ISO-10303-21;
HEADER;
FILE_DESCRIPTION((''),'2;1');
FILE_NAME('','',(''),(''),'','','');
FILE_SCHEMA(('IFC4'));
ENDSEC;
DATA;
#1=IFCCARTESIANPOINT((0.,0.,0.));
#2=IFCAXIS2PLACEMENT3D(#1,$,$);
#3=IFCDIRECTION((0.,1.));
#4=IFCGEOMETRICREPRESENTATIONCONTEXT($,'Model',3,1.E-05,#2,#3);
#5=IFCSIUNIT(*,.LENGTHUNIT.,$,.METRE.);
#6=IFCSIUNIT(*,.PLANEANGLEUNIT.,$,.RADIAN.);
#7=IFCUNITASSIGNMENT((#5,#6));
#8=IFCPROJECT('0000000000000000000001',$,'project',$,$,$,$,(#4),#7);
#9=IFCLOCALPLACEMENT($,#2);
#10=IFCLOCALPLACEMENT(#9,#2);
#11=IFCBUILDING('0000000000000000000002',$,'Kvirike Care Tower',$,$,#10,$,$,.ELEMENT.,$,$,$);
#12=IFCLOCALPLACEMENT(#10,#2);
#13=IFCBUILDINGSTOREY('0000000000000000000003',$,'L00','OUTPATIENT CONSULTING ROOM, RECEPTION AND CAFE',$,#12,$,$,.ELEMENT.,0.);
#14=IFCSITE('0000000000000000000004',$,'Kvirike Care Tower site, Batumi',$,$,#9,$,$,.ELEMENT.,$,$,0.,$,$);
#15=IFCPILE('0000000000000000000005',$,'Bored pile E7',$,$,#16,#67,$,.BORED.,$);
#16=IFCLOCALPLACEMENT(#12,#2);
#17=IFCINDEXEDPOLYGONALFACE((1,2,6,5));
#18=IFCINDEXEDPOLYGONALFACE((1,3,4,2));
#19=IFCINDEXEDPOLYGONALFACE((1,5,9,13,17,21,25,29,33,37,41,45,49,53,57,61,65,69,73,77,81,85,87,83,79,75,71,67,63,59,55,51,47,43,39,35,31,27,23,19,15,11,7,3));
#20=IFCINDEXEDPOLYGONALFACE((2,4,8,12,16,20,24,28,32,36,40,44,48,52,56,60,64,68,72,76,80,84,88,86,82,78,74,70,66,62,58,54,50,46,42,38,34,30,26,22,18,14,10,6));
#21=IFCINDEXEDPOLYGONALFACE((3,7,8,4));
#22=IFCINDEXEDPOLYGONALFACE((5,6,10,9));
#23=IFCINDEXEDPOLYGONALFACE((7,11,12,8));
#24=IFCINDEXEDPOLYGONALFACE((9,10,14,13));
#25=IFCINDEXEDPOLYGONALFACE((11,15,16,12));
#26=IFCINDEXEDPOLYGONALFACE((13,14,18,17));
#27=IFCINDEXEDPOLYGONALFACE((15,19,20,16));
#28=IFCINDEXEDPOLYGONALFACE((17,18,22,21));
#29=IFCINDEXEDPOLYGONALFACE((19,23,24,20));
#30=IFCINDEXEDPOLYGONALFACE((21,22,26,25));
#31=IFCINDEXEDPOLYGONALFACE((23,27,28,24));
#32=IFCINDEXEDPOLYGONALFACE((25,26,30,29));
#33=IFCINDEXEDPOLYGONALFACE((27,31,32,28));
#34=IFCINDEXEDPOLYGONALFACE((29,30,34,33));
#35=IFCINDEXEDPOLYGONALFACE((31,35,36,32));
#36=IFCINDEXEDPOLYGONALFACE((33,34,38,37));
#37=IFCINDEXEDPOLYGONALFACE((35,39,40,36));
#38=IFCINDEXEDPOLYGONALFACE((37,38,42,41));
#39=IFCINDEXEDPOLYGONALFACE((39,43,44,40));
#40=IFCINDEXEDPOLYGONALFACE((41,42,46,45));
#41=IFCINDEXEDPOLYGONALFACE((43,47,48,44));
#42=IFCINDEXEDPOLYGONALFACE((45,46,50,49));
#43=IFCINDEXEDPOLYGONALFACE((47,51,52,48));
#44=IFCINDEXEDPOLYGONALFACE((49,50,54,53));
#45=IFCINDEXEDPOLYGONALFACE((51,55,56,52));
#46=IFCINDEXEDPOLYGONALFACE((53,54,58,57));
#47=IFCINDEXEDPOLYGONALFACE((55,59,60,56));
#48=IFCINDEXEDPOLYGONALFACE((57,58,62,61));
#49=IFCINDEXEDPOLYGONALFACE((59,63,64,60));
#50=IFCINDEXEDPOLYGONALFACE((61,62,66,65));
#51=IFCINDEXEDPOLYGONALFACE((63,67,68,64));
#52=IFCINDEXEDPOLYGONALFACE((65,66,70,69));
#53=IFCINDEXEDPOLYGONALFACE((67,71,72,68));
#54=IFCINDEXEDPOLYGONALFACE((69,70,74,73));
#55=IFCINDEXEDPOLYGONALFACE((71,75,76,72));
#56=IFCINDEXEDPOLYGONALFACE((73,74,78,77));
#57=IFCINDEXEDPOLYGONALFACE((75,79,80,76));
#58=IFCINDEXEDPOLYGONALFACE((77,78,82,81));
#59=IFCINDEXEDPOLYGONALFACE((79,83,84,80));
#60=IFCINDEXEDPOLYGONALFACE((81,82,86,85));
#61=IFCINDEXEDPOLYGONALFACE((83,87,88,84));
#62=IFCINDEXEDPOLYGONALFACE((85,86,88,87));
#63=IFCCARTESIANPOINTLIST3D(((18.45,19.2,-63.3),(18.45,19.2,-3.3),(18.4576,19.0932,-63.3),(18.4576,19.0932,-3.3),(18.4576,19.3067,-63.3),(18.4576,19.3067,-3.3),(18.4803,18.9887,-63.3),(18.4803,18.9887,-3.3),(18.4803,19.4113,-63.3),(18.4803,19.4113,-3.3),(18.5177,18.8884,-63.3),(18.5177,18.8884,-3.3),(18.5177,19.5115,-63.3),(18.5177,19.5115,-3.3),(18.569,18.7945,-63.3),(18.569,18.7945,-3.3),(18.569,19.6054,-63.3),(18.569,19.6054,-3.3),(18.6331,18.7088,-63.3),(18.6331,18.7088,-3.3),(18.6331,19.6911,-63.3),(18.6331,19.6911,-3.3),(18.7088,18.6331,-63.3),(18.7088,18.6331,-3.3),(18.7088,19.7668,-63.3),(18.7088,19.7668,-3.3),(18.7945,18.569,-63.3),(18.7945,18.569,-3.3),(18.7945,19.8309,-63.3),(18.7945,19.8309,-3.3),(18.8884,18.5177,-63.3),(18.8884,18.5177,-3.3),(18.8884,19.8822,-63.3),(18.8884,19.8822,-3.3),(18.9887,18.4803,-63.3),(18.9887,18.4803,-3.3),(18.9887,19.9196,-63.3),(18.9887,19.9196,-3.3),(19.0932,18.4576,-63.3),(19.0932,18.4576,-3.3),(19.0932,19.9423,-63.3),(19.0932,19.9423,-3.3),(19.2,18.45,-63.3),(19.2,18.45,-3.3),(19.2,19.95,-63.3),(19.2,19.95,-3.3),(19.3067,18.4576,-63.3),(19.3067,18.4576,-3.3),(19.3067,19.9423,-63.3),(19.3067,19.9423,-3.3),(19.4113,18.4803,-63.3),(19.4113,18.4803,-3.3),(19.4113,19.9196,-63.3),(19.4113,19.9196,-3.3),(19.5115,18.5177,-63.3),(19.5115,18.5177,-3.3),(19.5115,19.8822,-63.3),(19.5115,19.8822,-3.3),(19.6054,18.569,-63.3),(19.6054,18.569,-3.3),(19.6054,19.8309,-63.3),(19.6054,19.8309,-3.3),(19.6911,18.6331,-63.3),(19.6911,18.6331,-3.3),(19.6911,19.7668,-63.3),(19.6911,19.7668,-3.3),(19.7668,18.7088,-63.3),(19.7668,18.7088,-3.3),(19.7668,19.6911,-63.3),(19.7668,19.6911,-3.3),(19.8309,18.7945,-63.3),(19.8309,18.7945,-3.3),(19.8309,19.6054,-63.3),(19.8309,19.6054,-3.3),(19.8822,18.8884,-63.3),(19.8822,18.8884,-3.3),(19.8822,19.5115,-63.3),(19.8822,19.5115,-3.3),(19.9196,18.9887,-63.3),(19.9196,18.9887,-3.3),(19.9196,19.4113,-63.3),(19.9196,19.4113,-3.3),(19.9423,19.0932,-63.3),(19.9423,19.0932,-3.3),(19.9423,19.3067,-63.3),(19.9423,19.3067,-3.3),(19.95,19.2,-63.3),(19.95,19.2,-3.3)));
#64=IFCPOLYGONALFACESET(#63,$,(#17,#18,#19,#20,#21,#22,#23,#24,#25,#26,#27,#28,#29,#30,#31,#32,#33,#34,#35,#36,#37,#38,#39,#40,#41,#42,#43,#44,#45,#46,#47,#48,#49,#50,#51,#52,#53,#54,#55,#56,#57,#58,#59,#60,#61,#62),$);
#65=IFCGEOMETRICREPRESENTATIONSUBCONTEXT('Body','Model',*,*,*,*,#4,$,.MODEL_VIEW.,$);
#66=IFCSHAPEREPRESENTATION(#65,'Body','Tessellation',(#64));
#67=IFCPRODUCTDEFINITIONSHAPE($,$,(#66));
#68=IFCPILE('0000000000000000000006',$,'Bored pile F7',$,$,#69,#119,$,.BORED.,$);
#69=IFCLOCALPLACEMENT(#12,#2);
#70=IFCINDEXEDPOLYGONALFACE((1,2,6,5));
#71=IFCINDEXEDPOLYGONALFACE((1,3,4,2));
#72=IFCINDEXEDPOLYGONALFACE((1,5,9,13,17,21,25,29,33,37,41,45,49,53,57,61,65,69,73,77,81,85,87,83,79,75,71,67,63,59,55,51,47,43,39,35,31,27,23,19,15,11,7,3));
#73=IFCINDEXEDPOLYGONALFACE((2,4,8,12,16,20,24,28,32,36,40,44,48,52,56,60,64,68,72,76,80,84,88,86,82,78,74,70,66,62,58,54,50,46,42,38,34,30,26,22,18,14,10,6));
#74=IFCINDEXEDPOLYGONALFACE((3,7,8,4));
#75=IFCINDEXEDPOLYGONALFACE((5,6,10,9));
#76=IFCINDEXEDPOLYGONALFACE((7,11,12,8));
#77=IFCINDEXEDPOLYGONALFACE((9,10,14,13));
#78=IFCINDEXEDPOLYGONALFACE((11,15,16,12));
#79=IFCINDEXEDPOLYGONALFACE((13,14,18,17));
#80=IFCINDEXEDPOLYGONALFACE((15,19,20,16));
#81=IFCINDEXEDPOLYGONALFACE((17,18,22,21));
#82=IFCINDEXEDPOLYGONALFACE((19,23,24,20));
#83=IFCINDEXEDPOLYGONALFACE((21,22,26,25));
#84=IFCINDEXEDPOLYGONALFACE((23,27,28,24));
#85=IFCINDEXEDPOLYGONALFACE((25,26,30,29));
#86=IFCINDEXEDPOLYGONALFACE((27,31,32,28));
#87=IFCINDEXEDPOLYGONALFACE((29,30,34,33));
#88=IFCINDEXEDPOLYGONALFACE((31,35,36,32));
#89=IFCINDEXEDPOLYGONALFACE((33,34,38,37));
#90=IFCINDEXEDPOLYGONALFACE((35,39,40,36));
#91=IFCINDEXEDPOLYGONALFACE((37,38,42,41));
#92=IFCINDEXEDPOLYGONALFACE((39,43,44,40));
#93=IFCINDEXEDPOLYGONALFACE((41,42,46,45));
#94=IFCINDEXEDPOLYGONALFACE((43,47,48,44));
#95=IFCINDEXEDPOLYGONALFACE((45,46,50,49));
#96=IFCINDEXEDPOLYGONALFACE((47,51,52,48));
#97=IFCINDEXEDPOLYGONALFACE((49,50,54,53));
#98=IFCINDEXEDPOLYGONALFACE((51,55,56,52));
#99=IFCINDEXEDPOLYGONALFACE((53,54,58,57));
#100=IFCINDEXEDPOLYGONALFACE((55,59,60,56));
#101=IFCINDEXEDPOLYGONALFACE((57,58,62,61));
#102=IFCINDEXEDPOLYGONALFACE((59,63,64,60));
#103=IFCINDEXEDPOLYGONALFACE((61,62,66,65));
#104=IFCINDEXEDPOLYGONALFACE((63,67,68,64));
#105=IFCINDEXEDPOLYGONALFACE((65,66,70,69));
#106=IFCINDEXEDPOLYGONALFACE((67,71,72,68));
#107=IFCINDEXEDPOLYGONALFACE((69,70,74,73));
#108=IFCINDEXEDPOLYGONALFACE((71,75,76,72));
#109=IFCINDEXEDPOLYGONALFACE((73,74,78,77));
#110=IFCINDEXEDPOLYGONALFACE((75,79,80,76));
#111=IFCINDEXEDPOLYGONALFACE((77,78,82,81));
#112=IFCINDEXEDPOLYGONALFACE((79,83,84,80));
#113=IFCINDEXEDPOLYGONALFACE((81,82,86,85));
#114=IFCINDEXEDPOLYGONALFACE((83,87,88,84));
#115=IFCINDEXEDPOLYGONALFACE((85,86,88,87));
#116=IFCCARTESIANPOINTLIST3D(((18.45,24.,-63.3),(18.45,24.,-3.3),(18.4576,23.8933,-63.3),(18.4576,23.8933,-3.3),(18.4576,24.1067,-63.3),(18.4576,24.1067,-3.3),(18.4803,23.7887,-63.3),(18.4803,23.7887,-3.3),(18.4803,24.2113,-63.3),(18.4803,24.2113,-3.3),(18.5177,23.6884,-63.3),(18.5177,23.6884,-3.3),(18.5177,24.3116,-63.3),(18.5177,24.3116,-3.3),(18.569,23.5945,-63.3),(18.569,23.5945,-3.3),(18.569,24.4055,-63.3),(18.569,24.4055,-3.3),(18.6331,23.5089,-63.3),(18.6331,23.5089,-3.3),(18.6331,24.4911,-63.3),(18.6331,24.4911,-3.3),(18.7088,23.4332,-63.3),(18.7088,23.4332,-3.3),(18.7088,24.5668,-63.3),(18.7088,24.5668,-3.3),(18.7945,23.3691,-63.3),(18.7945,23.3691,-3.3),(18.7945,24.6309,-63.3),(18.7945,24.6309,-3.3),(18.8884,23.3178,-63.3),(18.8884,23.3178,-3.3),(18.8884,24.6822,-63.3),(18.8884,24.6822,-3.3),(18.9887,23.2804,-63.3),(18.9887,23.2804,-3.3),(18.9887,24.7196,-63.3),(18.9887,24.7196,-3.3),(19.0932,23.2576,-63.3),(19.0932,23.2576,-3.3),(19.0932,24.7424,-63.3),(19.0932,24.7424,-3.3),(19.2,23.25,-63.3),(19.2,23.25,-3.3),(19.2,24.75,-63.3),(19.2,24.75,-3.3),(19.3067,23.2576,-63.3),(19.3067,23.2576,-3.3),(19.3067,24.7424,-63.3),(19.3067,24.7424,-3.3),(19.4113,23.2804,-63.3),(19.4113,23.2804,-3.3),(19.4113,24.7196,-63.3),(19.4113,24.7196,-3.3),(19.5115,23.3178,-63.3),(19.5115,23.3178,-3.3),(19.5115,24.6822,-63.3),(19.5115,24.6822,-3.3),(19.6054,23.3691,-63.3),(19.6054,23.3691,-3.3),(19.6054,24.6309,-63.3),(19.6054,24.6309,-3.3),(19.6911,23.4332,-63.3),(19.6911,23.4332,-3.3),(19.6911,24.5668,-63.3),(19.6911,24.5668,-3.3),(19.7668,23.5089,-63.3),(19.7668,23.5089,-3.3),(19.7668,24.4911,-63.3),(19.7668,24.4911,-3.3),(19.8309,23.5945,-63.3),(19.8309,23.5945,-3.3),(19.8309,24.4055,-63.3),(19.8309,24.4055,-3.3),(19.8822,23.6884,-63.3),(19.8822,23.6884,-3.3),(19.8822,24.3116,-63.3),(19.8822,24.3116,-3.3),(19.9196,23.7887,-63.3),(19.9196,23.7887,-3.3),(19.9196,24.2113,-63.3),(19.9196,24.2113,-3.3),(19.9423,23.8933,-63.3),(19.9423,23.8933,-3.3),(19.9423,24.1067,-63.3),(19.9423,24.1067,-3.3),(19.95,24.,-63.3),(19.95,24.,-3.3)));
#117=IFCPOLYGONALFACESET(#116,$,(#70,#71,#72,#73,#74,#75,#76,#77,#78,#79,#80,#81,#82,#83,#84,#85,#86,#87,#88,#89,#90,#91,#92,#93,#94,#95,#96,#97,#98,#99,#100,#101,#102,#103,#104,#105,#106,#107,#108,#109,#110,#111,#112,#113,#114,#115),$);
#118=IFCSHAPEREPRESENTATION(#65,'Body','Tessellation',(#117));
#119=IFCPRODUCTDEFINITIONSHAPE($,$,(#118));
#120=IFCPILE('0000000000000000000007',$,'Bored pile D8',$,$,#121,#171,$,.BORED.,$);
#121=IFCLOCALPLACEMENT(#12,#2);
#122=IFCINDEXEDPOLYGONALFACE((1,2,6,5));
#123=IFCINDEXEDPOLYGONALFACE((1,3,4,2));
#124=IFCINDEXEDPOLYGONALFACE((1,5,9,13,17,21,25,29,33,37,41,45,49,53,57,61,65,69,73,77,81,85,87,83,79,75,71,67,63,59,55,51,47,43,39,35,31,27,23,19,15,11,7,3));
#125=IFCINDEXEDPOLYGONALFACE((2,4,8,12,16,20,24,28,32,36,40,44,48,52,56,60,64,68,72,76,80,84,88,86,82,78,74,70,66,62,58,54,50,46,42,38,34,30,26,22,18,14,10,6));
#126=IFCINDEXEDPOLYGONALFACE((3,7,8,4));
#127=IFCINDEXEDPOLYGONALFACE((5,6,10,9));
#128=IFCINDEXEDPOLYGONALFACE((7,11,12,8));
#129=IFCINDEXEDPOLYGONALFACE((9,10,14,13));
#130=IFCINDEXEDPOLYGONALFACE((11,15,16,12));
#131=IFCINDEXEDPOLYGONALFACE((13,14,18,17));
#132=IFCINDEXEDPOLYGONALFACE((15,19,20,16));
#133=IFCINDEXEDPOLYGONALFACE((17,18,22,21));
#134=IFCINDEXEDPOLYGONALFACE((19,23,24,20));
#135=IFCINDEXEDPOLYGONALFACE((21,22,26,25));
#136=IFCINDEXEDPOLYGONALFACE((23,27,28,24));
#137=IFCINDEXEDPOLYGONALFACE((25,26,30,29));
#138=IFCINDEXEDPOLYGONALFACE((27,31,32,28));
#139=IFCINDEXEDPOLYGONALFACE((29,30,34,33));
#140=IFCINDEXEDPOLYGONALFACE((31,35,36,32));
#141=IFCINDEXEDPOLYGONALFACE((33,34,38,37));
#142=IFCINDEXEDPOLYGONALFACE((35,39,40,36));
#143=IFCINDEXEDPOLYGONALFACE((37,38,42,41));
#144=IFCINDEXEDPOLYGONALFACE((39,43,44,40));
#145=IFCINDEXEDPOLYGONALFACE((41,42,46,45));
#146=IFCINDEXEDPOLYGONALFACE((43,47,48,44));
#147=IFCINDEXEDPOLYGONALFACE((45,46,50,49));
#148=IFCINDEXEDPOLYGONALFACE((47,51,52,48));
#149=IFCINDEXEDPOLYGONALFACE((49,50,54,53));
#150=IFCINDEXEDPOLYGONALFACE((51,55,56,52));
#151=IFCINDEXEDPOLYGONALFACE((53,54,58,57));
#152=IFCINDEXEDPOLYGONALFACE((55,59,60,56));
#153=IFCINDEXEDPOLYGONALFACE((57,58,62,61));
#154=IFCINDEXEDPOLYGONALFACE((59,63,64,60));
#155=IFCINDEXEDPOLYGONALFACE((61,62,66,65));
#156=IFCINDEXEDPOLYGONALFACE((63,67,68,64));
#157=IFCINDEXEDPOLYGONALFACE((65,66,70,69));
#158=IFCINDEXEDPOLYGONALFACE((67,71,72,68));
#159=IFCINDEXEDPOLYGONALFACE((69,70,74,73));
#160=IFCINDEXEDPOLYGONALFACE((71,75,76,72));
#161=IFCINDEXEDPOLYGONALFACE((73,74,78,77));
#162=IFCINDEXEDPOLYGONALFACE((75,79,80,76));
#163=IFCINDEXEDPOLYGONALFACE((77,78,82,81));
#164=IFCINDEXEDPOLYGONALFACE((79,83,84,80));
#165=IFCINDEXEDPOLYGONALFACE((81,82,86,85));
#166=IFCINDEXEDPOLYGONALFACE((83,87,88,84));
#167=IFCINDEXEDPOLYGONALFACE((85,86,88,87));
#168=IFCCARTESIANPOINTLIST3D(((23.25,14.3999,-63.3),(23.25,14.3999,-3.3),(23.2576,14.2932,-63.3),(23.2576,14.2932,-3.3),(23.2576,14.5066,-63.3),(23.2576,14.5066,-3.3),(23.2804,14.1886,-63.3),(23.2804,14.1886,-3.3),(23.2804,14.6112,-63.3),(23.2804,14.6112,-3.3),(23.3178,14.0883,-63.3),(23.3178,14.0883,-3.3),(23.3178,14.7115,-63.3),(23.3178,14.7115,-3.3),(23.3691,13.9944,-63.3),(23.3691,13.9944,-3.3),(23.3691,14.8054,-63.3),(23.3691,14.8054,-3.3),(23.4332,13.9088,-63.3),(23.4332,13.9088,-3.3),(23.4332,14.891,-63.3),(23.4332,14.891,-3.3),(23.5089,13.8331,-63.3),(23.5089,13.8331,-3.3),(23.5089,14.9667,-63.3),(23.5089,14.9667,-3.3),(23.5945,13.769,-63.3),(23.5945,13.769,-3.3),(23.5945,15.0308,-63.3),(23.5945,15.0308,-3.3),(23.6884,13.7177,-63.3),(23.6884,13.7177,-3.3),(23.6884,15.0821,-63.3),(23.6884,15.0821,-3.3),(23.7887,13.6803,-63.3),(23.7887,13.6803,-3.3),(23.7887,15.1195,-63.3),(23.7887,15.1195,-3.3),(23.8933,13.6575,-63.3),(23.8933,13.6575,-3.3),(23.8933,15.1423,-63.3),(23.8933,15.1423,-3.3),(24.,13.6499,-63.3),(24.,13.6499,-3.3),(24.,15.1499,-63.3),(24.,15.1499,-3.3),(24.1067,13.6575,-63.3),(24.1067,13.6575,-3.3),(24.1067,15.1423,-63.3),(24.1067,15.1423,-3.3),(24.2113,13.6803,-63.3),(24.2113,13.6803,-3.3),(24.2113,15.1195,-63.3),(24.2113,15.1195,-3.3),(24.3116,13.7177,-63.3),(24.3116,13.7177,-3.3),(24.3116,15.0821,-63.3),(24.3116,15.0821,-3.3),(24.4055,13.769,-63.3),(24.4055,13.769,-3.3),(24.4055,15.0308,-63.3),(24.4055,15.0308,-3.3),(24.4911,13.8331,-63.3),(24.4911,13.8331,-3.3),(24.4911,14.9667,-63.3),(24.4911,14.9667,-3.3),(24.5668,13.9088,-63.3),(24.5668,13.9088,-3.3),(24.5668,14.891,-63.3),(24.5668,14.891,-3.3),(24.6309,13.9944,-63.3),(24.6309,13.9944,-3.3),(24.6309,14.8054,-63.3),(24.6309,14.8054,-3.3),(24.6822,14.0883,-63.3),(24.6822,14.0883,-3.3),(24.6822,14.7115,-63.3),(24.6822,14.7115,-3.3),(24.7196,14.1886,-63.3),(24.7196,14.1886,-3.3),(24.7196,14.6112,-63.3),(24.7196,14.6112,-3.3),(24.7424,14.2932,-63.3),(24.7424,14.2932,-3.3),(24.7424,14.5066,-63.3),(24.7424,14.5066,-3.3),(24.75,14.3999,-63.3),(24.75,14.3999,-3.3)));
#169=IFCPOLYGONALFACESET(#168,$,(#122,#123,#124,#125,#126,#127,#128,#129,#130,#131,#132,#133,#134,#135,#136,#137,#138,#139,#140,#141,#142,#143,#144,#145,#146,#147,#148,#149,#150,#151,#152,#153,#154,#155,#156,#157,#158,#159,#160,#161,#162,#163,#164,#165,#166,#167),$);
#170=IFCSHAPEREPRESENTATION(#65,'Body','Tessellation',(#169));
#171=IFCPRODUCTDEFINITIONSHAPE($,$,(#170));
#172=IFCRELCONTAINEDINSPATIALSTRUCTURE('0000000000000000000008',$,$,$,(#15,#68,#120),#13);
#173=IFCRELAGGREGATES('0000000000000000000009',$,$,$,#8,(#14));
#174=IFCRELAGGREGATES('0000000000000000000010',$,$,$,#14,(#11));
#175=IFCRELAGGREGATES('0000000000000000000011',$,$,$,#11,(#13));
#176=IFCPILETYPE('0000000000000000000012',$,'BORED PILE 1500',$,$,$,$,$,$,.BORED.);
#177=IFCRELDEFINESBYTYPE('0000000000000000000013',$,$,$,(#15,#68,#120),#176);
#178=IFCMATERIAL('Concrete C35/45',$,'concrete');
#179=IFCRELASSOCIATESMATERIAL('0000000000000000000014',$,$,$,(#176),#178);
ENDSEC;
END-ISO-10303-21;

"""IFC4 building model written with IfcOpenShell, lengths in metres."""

from ifc_helpers import new_model, si_unit, direction, frame, origin, origin_2d, place, context, subcontext, project, spatial, circle, extrude, material, material_profile, profile_set, type_object, element, save


model = new_model("IFC4")

# Units and contexts
model_context = context("Model", 3, precision=1e-05, world=origin(), true_north=direction((0.0, 1.0)))
body_context = subcontext(model_context, "Body", "Model", "MODEL_VIEW")
ifc_project = project(units=[si_unit("LENGTHUNIT", "METRE"), si_unit("PLANEANGLEUNIT", "RADIAN")], contexts=[model_context])

# Site, building, storey
site_placement = place(None, origin())
site = spatial("IfcSite", under=ifc_project, at=site_placement, Name="Kvirike Care Tower site, Batumi", CompositionType="ELEMENT", RefElevation=0.0)
building_placement = place(site_placement, origin())
building = spatial("IfcBuilding", under=site, at=building_placement, Name="Kvirike Care Tower", CompositionType="ELEMENT")
storey_placement = place(building_placement, origin())
storey = spatial("IfcBuildingStorey", under=building, at=storey_placement, Name="L00", Description="OUTPATIENT CONSULTING ROOM, RECEPTION AND CAFE", CompositionType="ELEMENT", Elevation=0.0)

# Piles
ifc_material_1 = material(Name="Concrete C35/45", Category="concrete")
ifc_material_profile_1 = material_profile(ifc_material_1, circle(Radius=0.75, at=origin_2d()), Name="BORED PILE 1500")
ifc_profile_set_1 = profile_set([ifc_material_profile_1], Name="Concrete C35/45")
pile_type = type_object("IfcPileType", Name="BORED PILE 1500", PredefinedType="BORED", material=ifc_profile_set_1)
for number, where, z_axis, x_axis, name in (
    (1, (19.2, 19.2, -3.3), (0.0, 0.0, -1.0), (1.0, 0.0, 0.0), "Bored pile E7"),
    (2, (19.2, 24.0, -3.3), (0.0, 0.0, -1.0), (1.0, 0.0, 0.0), "Bored pile F7"),
    (3, (24.0, 14.3999, -3.3), (0.0, 0.0, -1.0), (1.0, 0.0, 0.0), "Bored pile D8"),
):
    element("IfcPile", number, at=place(storey_placement, frame(where, z_axis=z_axis, x_axis=x_axis)), inside=storey, type_object=pile_type, Name=name, PredefinedType="BORED", context=body_context, shape_type="SweptSolid", body=[
        extrude(circle(Radius=0.75, at=origin_2d()), origin(), (0.0, 0.0, 1.0), 60.0),
    ])

save(model, "model.ifc")
